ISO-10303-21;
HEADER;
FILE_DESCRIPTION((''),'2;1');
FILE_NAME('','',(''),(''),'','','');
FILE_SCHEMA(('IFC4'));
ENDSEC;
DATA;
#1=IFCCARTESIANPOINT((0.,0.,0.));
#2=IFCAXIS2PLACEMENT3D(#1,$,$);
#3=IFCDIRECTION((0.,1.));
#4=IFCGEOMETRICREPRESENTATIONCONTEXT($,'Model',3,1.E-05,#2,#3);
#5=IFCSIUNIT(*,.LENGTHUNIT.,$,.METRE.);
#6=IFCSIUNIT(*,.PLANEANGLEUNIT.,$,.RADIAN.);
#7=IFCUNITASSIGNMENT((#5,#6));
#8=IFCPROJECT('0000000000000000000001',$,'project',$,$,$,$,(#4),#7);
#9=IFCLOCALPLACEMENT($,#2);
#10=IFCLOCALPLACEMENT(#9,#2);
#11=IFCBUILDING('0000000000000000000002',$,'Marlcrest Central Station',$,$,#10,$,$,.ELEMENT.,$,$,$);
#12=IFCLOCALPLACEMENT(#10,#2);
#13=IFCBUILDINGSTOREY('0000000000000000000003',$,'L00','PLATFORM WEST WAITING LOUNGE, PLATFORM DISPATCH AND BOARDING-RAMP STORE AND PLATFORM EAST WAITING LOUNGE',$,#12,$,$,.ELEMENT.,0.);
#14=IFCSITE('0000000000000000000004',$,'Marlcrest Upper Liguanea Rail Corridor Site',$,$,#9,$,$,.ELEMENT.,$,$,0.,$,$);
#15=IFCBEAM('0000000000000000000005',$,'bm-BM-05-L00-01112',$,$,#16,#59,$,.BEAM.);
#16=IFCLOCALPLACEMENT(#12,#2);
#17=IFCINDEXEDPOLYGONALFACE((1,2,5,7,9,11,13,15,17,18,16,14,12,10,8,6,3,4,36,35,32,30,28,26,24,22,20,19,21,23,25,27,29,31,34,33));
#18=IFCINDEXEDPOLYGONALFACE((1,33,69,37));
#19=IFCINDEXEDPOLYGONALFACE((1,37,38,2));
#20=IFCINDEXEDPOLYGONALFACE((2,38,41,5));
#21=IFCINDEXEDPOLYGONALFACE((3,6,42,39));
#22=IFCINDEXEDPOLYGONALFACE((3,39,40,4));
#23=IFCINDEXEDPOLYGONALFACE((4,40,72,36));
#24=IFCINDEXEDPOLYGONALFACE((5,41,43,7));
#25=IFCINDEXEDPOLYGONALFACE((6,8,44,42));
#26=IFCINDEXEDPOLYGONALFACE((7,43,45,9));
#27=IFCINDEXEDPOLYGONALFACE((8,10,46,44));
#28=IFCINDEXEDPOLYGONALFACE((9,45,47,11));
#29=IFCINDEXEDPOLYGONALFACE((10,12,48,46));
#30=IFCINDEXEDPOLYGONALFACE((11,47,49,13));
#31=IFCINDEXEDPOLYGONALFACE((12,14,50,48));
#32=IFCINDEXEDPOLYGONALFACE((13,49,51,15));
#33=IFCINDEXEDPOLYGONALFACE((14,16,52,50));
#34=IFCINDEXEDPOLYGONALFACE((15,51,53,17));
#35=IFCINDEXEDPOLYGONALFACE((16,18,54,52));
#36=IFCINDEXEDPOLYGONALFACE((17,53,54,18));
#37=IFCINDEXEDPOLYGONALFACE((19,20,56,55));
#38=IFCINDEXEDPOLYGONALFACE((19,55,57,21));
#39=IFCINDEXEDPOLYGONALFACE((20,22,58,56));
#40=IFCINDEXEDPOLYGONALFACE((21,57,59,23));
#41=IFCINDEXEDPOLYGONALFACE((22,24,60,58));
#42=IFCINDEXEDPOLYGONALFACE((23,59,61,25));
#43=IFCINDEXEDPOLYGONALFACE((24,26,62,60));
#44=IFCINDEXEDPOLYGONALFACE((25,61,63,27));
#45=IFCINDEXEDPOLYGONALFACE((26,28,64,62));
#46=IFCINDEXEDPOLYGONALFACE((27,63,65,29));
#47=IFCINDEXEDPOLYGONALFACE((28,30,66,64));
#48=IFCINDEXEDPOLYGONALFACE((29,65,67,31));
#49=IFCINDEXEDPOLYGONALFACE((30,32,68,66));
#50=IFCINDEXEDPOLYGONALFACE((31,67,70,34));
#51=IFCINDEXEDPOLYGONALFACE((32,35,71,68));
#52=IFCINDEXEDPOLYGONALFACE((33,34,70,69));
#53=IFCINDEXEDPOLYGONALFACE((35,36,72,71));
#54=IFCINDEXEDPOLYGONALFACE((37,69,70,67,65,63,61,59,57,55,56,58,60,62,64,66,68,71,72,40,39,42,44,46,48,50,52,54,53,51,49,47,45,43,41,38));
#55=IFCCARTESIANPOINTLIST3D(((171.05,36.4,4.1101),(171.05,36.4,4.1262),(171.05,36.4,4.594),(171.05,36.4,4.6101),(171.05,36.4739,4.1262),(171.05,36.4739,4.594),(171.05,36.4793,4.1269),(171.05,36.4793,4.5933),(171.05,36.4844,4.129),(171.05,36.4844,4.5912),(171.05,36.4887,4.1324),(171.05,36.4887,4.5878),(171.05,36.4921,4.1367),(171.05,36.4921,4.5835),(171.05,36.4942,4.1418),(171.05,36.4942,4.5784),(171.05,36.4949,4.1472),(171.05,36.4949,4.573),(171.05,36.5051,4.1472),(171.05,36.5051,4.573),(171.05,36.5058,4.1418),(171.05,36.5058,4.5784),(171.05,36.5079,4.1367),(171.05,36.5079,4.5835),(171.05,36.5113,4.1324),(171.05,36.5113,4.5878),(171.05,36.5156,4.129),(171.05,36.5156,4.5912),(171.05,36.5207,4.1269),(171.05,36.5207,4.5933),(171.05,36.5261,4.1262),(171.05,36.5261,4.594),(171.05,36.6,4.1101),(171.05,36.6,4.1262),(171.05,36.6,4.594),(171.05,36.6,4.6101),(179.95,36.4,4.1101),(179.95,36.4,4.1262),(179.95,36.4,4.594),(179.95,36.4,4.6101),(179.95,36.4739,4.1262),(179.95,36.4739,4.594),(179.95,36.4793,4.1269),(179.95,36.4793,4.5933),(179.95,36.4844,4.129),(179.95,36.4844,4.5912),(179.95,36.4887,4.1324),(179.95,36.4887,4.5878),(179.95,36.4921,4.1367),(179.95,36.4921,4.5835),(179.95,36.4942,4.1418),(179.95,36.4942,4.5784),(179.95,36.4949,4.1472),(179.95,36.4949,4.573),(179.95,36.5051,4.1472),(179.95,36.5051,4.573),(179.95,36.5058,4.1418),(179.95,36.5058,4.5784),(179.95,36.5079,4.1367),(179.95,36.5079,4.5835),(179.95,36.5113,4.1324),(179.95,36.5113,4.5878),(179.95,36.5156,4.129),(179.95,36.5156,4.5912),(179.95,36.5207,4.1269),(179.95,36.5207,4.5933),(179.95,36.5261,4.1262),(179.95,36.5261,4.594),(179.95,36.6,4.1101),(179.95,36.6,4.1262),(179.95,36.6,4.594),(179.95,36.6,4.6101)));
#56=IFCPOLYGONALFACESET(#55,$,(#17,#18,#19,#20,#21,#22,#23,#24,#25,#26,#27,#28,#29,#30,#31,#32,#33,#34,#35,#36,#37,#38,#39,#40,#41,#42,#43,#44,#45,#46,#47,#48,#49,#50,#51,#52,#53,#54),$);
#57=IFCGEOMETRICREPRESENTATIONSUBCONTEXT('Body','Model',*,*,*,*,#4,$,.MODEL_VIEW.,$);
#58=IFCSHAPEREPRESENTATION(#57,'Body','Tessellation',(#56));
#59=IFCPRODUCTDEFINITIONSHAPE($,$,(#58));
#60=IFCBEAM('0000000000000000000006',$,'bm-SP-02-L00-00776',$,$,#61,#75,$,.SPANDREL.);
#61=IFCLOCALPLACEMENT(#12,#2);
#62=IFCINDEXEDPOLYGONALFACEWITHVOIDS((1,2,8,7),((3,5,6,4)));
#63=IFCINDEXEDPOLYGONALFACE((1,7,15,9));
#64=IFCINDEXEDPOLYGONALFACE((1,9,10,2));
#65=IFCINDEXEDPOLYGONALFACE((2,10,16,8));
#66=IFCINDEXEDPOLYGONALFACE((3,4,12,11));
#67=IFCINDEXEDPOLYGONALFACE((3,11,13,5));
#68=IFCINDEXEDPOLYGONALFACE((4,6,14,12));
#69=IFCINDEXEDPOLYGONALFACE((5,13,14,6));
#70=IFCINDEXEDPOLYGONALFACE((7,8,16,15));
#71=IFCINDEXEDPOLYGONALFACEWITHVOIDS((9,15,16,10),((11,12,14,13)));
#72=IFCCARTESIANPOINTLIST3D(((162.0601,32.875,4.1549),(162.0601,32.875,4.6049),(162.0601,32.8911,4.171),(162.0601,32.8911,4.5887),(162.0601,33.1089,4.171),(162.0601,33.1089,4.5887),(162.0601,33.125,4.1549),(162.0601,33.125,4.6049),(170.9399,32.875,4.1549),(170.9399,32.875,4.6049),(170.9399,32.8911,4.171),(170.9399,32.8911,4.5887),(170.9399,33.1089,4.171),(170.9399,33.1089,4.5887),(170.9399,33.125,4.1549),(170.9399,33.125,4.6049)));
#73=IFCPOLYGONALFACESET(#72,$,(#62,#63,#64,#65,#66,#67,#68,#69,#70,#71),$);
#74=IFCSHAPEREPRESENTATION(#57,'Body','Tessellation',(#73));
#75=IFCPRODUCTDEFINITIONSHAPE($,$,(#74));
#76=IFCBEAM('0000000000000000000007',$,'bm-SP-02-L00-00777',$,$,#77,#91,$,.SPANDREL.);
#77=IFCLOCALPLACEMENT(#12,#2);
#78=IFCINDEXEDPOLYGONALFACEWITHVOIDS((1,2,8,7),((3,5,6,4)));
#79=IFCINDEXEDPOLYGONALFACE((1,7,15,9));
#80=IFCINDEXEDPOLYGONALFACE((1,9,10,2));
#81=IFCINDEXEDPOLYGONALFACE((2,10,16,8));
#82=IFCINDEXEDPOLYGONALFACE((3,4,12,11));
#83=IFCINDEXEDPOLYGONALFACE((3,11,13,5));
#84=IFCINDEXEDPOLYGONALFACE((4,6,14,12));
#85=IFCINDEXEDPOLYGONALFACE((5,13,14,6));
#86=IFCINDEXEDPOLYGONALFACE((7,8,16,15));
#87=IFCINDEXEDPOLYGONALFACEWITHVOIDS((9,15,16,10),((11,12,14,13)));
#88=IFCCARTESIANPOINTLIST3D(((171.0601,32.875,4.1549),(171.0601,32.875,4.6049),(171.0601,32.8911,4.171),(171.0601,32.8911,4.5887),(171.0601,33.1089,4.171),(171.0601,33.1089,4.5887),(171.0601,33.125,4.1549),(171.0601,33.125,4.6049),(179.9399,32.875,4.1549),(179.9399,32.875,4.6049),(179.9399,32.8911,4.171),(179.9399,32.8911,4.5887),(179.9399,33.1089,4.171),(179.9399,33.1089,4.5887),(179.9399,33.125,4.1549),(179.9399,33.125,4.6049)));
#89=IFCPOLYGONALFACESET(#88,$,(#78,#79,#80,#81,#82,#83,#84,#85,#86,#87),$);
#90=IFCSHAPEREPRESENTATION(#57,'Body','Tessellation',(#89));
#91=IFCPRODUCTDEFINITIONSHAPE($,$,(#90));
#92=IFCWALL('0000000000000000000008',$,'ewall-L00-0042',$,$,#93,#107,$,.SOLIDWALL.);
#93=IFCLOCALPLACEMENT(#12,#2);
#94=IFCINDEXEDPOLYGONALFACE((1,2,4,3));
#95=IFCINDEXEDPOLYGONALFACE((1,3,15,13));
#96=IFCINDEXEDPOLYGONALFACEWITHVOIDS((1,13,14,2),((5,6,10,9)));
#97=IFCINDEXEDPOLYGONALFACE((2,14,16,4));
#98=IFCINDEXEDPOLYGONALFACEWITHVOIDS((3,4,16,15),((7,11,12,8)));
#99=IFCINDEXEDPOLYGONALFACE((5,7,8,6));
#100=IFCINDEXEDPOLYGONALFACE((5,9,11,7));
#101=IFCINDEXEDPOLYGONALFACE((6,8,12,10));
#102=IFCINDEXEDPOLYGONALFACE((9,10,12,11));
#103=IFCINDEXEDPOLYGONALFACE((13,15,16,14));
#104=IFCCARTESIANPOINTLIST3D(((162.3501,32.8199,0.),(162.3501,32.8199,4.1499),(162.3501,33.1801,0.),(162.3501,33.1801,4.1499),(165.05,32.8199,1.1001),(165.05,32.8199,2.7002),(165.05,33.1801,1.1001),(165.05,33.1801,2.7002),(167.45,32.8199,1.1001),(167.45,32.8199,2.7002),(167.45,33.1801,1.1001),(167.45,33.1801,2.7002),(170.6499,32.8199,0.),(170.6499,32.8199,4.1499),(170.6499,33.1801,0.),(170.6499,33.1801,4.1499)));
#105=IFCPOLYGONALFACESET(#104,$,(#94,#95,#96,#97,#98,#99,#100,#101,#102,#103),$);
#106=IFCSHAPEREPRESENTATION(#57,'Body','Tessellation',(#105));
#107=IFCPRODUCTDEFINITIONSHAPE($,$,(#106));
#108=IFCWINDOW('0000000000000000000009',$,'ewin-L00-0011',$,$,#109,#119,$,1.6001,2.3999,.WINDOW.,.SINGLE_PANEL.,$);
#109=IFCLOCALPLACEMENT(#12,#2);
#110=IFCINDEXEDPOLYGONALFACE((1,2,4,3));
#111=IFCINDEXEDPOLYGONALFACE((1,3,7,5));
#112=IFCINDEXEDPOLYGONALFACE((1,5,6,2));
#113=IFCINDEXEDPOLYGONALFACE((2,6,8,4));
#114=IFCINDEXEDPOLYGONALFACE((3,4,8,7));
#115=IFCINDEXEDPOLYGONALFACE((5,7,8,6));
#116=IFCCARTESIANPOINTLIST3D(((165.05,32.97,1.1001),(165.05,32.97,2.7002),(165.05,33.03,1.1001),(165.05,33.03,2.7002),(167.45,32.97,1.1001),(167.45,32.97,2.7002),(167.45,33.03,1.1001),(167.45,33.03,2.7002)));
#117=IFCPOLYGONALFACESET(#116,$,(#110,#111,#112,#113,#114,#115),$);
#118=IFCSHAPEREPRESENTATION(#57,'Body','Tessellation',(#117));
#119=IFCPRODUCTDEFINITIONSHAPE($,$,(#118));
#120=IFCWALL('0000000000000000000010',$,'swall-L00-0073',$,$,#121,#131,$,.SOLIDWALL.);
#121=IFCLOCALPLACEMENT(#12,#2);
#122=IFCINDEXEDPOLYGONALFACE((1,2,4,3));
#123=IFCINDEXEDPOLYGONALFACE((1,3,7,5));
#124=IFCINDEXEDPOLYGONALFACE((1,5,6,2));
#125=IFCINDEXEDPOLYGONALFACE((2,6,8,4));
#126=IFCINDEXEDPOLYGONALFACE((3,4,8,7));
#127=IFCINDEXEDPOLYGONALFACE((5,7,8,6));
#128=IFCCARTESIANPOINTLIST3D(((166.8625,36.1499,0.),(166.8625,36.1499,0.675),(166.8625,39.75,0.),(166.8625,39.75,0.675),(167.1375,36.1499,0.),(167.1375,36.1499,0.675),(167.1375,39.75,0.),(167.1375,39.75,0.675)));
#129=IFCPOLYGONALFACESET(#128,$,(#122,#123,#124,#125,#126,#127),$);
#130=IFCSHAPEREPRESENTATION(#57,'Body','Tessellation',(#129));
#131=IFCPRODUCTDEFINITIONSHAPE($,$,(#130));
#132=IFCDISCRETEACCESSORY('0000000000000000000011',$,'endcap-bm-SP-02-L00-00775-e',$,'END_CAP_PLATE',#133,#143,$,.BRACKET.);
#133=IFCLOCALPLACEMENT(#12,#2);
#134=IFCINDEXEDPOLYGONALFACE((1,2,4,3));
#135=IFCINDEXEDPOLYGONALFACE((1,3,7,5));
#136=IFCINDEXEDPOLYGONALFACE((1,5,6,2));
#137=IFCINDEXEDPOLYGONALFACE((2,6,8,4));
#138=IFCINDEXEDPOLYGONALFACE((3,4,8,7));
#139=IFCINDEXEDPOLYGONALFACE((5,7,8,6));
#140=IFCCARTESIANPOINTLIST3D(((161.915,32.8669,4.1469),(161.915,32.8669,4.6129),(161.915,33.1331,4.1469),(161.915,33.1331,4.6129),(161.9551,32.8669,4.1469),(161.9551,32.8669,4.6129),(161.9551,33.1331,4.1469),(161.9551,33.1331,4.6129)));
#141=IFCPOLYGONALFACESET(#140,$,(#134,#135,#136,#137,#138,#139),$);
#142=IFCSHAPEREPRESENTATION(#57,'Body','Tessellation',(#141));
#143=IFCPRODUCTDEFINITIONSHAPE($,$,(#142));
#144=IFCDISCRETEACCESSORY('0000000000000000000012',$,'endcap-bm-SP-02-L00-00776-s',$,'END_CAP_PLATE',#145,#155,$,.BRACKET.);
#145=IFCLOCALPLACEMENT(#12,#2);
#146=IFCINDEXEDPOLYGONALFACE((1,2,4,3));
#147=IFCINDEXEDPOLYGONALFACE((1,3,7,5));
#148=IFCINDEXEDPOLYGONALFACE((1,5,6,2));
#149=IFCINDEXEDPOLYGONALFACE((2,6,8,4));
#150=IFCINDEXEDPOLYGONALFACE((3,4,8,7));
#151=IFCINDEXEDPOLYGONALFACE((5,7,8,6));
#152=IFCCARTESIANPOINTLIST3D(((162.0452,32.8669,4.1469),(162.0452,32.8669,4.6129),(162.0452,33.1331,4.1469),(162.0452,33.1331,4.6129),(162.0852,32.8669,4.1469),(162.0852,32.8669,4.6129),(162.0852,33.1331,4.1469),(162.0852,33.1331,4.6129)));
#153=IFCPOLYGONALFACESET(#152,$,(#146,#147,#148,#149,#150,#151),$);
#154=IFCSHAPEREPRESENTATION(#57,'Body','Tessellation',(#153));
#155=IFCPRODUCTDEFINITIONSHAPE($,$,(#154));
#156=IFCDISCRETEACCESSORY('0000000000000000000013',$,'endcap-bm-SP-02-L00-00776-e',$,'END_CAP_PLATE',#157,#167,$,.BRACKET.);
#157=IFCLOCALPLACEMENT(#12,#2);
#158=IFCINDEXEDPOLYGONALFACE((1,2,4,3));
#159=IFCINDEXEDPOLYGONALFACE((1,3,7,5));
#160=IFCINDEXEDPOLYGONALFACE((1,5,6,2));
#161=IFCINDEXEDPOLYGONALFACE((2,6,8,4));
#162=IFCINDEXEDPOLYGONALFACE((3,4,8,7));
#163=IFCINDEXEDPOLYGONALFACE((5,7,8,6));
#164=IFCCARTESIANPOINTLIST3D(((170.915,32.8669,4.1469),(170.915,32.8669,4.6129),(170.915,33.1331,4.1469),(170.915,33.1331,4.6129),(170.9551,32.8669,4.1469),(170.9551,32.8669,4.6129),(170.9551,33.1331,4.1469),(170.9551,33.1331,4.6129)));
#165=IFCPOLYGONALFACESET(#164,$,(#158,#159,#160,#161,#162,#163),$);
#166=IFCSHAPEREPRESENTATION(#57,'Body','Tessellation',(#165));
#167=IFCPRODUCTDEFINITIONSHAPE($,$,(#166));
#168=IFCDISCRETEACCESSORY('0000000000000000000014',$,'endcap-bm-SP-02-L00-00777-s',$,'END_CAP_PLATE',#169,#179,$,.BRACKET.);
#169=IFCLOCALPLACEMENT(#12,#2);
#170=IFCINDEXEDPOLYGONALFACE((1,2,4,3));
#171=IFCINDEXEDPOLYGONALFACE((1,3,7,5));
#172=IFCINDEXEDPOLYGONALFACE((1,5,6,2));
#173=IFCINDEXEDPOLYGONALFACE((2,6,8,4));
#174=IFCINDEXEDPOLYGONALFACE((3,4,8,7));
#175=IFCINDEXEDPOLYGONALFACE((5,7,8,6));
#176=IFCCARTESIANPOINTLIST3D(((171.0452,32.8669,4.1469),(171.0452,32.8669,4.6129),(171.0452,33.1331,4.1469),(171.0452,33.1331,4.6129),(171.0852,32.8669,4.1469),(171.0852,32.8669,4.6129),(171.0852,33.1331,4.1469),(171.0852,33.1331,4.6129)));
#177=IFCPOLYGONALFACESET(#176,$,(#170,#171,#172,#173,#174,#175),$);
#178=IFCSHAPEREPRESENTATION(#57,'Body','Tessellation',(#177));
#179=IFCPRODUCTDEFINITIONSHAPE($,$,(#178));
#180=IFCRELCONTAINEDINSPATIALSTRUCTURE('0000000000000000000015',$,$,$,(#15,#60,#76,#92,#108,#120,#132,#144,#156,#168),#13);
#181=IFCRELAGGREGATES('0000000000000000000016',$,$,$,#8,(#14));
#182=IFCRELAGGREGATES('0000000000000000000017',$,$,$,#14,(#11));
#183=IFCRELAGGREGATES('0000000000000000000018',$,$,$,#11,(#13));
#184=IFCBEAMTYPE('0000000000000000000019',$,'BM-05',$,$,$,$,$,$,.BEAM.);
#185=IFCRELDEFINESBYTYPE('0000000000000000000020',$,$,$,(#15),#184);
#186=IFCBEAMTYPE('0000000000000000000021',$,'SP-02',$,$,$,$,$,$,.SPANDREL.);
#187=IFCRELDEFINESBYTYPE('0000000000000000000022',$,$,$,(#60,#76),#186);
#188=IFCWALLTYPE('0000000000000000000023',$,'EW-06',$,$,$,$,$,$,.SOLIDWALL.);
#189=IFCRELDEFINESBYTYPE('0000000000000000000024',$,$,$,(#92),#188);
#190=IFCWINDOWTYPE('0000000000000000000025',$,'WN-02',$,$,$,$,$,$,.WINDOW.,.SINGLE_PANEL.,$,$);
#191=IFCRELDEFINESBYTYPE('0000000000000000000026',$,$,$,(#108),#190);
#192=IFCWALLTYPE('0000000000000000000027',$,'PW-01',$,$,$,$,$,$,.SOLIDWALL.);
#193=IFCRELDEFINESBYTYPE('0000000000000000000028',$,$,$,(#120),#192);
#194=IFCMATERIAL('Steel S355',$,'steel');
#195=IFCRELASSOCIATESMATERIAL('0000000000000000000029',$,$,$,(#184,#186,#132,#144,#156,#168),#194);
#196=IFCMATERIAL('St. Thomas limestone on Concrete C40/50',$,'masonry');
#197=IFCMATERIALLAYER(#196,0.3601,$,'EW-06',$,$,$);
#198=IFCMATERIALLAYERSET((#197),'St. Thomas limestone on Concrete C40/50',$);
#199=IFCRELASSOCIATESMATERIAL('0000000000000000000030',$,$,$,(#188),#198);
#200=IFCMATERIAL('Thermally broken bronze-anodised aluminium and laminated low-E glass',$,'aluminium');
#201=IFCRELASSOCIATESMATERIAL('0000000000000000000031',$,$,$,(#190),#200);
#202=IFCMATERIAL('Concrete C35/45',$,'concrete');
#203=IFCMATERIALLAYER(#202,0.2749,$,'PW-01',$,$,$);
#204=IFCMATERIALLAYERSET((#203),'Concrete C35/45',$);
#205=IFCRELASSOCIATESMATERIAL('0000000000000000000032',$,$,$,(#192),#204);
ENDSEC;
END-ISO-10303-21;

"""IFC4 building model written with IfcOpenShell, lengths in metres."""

from ifc_helpers import new_model, si_unit, direction, frame, frame_2d, origin, origin_2d, place, context, subcontext, project, spatial, rectangle, hollow_rectangle, i_section, extrude, material, layer, layer_set, material_profile, profile_set, type_object, element, fill, save


model = new_model("IFC4")

# Units and contexts
model_context = context("Model", 3, precision=1e-05, world=origin(), true_north=direction((0.0, 1.0)))
body_context = subcontext(model_context, "Body", "Model", "MODEL_VIEW")
ifc_project = project(units=[si_unit("LENGTHUNIT", "METRE"), si_unit("PLANEANGLEUNIT", "RADIAN")], contexts=[model_context])

# Site, building, storey
site_placement = place(None, origin())
site = spatial("IfcSite", under=ifc_project, at=site_placement, Name="Marlcrest Upper Liguanea Rail Corridor Site", CompositionType="ELEMENT", RefElevation=0.0)
building_placement = place(site_placement, origin())
building = spatial("IfcBuilding", under=site, at=building_placement, Name="Marlcrest Central Station", CompositionType="ELEMENT")
storey_placement = place(building_placement, origin())
storey = spatial("IfcBuildingStorey", under=building, at=storey_placement, Name="L00", Description="PLATFORM WEST WAITING LOUNGE, PLATFORM DISPATCH AND BOARDING-RAMP STORE AND PLATFORM EAST WAITING LOUNGE", CompositionType="ELEMENT", Elevation=0.0)

# Shared definitions
ifc_material_1 = material(Name="Concrete C35/45", Category="concrete")

# Beams
ifc_material_2 = material(Name="Steel S355", Category="steel")
ifc_material_profile_1 = material_profile(ifc_material_2, i_section(OverallWidth=0.2, OverallDepth=0.5, WebThickness=0.0103, FlangeThickness=0.0161, FilletRadius=0.021, at=origin_2d()), Name="IPE 500")
ifc_profile_set_1 = profile_set([ifc_material_profile_1], Name="Steel S355")
beam_type_1 = type_object("IfcBeamType", Name="BM-05", PredefinedType="BEAM", material=ifc_profile_set_1)
for number, where, z_axis, x_axis, name in (
    (1, (171.05, 36.5, 4.3601), (1.0, 0.0, 0.0), (0.0, 1.0, 0.0), "bm-BM-05-L00-01112"),
):
    element("IfcBeam", number, at=place(storey_placement, frame(where, z_axis=z_axis, x_axis=x_axis)), inside=storey, type_object=beam_type_1, Name=name, PredefinedType="BEAM", context=body_context, shape_type="SweptSolid", body=[
        extrude(i_section(OverallWidth=0.2, OverallDepth=0.5, WebThickness=0.0103, FlangeThickness=0.0161, FilletRadius=0.021, at=origin_2d()), origin(), (0.0, 0.0, 1.0), 8.8999),
    ])
ifc_material_profile_2 = material_profile(ifc_material_2, hollow_rectangle(XDim=0.25, YDim=0.45, WallThickness=0.0161, at=origin_2d()), Name="RHS 450x250x16")
ifc_profile_set_2 = profile_set([ifc_material_profile_2], Name="Steel S355")
beam_type_2 = type_object("IfcBeamType", Name="SP-02", PredefinedType="SPANDREL", material=ifc_profile_set_2)
for number, where, z_axis, x_axis, name in (
    (2, (162.0601, 33.0, 4.3799), (1.0, 0.0, 0.0), (0.0, 1.0, 0.0), "bm-SP-02-L00-00776"),
    (3, (171.0601, 33.0, 4.3799), (1.0, 0.0, 0.0), (0.0, 1.0, 0.0), "bm-SP-02-L00-00777"),
):
    element("IfcBeam", number, at=place(storey_placement, frame(where, z_axis=z_axis, x_axis=x_axis)), inside=storey, type_object=beam_type_2, Name=name, PredefinedType="SPANDREL", context=body_context, shape_type="SweptSolid", body=[
        extrude(hollow_rectangle(XDim=0.25, YDim=0.45, WallThickness=0.0161, at=origin_2d()), origin(), (0.0, 0.0, 1.0), 8.8799),
    ])

# Wall, opening, window
ifc_material_3 = material(Name="St. Thomas limestone on Concrete C40/50", Category="masonry")
ifc_layer_1 = layer(ifc_material_3, 0.3601, Name="EW-06")
ifc_layer_set_1 = layer_set([ifc_layer_1], Name="St. Thomas limestone on Concrete C40/50")
wall_type_1 = type_object("IfcWallType", Name="EW-06", PredefinedType="SOLIDWALL", material=ifc_layer_set_1)
wall_1_placement = place(storey_placement, frame((162.3501, 33.0, 0.0), z_axis=(0.0, 0.0, 1.0), x_axis=(1.0, 0.0, 0.0)))
wall_1 = element("IfcWall", 4, at=wall_1_placement, inside=storey, type_object=wall_type_1, Name="ewall-L00-0042", PredefinedType="SOLIDWALL", context=body_context, shape_type="SweptSolid", body=[
    extrude(rectangle(XDim=8.2998, YDim=0.3601, at=frame_2d((4.1499, 0.0))), origin(), (0.0, 0.0, 1.0), 4.1499),
])
opening_1_placement = place(wall_1_placement, frame((2.7, 0.0, 1.1001)))
opening_1 = element("IfcOpeningElement", 5, at=opening_1_placement, cuts=wall_1, PredefinedType="OPENING", context=body_context, shape_type="SweptSolid", body=[
    extrude(rectangle(XDim=2.3999, YDim=1.6001, at=frame_2d((1.2, 0.8))), frame((0.0, 0.1899, 0.0), z_axis=(0.0, -1.0, 0.0), x_axis=(1.0, 0.0, 0.0)), (0.0, 0.0, 1.0), 0.3801),
])
ifc_material_4 = material(Name="Thermally broken bronze-anodised aluminium and laminated low-E glass", Category="aluminium")
window_type = type_object("IfcWindowType", Name="WN-02", PartitioningType="SINGLE_PANEL", PredefinedType="WINDOW", material=ifc_material_4)
window_placement = place(opening_1_placement, origin())
window = element("IfcWindow", 6, at=window_placement, inside=storey, type_object=window_type, Name="ewin-L00-0011", OverallHeight=1.6001, OverallWidth=2.3999, PartitioningType="SINGLE_PANEL", PredefinedType="WINDOW", context=body_context, shape_type="SweptSolid", body=[
    extrude(rectangle(XDim=2.3999, YDim=1.6001, at=frame_2d((1.2, 0.8))), frame((0.0, 0.03, 0.0), z_axis=(0.0, -1.0, 0.0), x_axis=(1.0, 0.0, 0.0)), (0.0, 0.0, 1.0), 0.0601),
])
fill(opening_1, window)

# Wall
ifc_layer_2 = layer(ifc_material_1, 0.2749, Name="PW-01")
ifc_layer_set_2 = layer_set([ifc_layer_2], Name="Concrete C35/45")
wall_type_2 = type_object("IfcWallType", Name="PW-01", PredefinedType="SOLIDWALL", material=ifc_layer_set_2)
wall_2_placement = place(storey_placement, frame((167.0, 36.1499, 0.0), z_axis=(0.0, 0.0, 1.0), x_axis=(0.0, 1.0, 0.0)))
element("IfcWall", 7, at=wall_2_placement, inside=storey, type_object=wall_type_2, Name="swall-L00-0073", PredefinedType="SOLIDWALL", context=body_context, shape_type="SweptSolid", body=[
    extrude(rectangle(XDim=3.6001, YDim=0.2749, at=frame_2d((1.8, 0.0))), origin(), (0.0, 0.0, 1.0), 0.675),
])

# Discrete accessories
for number, where, z_axis, x_axis, name in (
    (8, (161.915, 33.0, 4.3799), (1.0, 0.0, 0.0), (0.0, 1.0, 0.0), "endcap-bm-SP-02-L00-00775-e"),
    (9, (162.0452, 33.0, 4.3799), (1.0, 0.0, 0.0), (0.0, 1.0, 0.0), "endcap-bm-SP-02-L00-00776-s"),
    (10, (170.915, 33.0, 4.3799), (1.0, 0.0, 0.0), (0.0, 1.0, 0.0), "endcap-bm-SP-02-L00-00776-e"),
    (11, (171.0452, 33.0, 4.3799), (1.0, 0.0, 0.0), (0.0, 1.0, 0.0), "endcap-bm-SP-02-L00-00777-s"),
):
    element("IfcDiscreteAccessory", number, at=place(storey_placement, frame(where, z_axis=z_axis, x_axis=x_axis)), inside=storey, material=ifc_material_2, Name=name, ObjectType="END_CAP_PLATE", PredefinedType="BRACKET", context=body_context, shape_type="SweptSolid", body=[
        extrude(rectangle(XDim=0.2661, YDim=0.4661, at=origin_2d()), origin(), (0.0, 0.0, 1.0), 0.04),
    ])

save(model, "model.ifc")
